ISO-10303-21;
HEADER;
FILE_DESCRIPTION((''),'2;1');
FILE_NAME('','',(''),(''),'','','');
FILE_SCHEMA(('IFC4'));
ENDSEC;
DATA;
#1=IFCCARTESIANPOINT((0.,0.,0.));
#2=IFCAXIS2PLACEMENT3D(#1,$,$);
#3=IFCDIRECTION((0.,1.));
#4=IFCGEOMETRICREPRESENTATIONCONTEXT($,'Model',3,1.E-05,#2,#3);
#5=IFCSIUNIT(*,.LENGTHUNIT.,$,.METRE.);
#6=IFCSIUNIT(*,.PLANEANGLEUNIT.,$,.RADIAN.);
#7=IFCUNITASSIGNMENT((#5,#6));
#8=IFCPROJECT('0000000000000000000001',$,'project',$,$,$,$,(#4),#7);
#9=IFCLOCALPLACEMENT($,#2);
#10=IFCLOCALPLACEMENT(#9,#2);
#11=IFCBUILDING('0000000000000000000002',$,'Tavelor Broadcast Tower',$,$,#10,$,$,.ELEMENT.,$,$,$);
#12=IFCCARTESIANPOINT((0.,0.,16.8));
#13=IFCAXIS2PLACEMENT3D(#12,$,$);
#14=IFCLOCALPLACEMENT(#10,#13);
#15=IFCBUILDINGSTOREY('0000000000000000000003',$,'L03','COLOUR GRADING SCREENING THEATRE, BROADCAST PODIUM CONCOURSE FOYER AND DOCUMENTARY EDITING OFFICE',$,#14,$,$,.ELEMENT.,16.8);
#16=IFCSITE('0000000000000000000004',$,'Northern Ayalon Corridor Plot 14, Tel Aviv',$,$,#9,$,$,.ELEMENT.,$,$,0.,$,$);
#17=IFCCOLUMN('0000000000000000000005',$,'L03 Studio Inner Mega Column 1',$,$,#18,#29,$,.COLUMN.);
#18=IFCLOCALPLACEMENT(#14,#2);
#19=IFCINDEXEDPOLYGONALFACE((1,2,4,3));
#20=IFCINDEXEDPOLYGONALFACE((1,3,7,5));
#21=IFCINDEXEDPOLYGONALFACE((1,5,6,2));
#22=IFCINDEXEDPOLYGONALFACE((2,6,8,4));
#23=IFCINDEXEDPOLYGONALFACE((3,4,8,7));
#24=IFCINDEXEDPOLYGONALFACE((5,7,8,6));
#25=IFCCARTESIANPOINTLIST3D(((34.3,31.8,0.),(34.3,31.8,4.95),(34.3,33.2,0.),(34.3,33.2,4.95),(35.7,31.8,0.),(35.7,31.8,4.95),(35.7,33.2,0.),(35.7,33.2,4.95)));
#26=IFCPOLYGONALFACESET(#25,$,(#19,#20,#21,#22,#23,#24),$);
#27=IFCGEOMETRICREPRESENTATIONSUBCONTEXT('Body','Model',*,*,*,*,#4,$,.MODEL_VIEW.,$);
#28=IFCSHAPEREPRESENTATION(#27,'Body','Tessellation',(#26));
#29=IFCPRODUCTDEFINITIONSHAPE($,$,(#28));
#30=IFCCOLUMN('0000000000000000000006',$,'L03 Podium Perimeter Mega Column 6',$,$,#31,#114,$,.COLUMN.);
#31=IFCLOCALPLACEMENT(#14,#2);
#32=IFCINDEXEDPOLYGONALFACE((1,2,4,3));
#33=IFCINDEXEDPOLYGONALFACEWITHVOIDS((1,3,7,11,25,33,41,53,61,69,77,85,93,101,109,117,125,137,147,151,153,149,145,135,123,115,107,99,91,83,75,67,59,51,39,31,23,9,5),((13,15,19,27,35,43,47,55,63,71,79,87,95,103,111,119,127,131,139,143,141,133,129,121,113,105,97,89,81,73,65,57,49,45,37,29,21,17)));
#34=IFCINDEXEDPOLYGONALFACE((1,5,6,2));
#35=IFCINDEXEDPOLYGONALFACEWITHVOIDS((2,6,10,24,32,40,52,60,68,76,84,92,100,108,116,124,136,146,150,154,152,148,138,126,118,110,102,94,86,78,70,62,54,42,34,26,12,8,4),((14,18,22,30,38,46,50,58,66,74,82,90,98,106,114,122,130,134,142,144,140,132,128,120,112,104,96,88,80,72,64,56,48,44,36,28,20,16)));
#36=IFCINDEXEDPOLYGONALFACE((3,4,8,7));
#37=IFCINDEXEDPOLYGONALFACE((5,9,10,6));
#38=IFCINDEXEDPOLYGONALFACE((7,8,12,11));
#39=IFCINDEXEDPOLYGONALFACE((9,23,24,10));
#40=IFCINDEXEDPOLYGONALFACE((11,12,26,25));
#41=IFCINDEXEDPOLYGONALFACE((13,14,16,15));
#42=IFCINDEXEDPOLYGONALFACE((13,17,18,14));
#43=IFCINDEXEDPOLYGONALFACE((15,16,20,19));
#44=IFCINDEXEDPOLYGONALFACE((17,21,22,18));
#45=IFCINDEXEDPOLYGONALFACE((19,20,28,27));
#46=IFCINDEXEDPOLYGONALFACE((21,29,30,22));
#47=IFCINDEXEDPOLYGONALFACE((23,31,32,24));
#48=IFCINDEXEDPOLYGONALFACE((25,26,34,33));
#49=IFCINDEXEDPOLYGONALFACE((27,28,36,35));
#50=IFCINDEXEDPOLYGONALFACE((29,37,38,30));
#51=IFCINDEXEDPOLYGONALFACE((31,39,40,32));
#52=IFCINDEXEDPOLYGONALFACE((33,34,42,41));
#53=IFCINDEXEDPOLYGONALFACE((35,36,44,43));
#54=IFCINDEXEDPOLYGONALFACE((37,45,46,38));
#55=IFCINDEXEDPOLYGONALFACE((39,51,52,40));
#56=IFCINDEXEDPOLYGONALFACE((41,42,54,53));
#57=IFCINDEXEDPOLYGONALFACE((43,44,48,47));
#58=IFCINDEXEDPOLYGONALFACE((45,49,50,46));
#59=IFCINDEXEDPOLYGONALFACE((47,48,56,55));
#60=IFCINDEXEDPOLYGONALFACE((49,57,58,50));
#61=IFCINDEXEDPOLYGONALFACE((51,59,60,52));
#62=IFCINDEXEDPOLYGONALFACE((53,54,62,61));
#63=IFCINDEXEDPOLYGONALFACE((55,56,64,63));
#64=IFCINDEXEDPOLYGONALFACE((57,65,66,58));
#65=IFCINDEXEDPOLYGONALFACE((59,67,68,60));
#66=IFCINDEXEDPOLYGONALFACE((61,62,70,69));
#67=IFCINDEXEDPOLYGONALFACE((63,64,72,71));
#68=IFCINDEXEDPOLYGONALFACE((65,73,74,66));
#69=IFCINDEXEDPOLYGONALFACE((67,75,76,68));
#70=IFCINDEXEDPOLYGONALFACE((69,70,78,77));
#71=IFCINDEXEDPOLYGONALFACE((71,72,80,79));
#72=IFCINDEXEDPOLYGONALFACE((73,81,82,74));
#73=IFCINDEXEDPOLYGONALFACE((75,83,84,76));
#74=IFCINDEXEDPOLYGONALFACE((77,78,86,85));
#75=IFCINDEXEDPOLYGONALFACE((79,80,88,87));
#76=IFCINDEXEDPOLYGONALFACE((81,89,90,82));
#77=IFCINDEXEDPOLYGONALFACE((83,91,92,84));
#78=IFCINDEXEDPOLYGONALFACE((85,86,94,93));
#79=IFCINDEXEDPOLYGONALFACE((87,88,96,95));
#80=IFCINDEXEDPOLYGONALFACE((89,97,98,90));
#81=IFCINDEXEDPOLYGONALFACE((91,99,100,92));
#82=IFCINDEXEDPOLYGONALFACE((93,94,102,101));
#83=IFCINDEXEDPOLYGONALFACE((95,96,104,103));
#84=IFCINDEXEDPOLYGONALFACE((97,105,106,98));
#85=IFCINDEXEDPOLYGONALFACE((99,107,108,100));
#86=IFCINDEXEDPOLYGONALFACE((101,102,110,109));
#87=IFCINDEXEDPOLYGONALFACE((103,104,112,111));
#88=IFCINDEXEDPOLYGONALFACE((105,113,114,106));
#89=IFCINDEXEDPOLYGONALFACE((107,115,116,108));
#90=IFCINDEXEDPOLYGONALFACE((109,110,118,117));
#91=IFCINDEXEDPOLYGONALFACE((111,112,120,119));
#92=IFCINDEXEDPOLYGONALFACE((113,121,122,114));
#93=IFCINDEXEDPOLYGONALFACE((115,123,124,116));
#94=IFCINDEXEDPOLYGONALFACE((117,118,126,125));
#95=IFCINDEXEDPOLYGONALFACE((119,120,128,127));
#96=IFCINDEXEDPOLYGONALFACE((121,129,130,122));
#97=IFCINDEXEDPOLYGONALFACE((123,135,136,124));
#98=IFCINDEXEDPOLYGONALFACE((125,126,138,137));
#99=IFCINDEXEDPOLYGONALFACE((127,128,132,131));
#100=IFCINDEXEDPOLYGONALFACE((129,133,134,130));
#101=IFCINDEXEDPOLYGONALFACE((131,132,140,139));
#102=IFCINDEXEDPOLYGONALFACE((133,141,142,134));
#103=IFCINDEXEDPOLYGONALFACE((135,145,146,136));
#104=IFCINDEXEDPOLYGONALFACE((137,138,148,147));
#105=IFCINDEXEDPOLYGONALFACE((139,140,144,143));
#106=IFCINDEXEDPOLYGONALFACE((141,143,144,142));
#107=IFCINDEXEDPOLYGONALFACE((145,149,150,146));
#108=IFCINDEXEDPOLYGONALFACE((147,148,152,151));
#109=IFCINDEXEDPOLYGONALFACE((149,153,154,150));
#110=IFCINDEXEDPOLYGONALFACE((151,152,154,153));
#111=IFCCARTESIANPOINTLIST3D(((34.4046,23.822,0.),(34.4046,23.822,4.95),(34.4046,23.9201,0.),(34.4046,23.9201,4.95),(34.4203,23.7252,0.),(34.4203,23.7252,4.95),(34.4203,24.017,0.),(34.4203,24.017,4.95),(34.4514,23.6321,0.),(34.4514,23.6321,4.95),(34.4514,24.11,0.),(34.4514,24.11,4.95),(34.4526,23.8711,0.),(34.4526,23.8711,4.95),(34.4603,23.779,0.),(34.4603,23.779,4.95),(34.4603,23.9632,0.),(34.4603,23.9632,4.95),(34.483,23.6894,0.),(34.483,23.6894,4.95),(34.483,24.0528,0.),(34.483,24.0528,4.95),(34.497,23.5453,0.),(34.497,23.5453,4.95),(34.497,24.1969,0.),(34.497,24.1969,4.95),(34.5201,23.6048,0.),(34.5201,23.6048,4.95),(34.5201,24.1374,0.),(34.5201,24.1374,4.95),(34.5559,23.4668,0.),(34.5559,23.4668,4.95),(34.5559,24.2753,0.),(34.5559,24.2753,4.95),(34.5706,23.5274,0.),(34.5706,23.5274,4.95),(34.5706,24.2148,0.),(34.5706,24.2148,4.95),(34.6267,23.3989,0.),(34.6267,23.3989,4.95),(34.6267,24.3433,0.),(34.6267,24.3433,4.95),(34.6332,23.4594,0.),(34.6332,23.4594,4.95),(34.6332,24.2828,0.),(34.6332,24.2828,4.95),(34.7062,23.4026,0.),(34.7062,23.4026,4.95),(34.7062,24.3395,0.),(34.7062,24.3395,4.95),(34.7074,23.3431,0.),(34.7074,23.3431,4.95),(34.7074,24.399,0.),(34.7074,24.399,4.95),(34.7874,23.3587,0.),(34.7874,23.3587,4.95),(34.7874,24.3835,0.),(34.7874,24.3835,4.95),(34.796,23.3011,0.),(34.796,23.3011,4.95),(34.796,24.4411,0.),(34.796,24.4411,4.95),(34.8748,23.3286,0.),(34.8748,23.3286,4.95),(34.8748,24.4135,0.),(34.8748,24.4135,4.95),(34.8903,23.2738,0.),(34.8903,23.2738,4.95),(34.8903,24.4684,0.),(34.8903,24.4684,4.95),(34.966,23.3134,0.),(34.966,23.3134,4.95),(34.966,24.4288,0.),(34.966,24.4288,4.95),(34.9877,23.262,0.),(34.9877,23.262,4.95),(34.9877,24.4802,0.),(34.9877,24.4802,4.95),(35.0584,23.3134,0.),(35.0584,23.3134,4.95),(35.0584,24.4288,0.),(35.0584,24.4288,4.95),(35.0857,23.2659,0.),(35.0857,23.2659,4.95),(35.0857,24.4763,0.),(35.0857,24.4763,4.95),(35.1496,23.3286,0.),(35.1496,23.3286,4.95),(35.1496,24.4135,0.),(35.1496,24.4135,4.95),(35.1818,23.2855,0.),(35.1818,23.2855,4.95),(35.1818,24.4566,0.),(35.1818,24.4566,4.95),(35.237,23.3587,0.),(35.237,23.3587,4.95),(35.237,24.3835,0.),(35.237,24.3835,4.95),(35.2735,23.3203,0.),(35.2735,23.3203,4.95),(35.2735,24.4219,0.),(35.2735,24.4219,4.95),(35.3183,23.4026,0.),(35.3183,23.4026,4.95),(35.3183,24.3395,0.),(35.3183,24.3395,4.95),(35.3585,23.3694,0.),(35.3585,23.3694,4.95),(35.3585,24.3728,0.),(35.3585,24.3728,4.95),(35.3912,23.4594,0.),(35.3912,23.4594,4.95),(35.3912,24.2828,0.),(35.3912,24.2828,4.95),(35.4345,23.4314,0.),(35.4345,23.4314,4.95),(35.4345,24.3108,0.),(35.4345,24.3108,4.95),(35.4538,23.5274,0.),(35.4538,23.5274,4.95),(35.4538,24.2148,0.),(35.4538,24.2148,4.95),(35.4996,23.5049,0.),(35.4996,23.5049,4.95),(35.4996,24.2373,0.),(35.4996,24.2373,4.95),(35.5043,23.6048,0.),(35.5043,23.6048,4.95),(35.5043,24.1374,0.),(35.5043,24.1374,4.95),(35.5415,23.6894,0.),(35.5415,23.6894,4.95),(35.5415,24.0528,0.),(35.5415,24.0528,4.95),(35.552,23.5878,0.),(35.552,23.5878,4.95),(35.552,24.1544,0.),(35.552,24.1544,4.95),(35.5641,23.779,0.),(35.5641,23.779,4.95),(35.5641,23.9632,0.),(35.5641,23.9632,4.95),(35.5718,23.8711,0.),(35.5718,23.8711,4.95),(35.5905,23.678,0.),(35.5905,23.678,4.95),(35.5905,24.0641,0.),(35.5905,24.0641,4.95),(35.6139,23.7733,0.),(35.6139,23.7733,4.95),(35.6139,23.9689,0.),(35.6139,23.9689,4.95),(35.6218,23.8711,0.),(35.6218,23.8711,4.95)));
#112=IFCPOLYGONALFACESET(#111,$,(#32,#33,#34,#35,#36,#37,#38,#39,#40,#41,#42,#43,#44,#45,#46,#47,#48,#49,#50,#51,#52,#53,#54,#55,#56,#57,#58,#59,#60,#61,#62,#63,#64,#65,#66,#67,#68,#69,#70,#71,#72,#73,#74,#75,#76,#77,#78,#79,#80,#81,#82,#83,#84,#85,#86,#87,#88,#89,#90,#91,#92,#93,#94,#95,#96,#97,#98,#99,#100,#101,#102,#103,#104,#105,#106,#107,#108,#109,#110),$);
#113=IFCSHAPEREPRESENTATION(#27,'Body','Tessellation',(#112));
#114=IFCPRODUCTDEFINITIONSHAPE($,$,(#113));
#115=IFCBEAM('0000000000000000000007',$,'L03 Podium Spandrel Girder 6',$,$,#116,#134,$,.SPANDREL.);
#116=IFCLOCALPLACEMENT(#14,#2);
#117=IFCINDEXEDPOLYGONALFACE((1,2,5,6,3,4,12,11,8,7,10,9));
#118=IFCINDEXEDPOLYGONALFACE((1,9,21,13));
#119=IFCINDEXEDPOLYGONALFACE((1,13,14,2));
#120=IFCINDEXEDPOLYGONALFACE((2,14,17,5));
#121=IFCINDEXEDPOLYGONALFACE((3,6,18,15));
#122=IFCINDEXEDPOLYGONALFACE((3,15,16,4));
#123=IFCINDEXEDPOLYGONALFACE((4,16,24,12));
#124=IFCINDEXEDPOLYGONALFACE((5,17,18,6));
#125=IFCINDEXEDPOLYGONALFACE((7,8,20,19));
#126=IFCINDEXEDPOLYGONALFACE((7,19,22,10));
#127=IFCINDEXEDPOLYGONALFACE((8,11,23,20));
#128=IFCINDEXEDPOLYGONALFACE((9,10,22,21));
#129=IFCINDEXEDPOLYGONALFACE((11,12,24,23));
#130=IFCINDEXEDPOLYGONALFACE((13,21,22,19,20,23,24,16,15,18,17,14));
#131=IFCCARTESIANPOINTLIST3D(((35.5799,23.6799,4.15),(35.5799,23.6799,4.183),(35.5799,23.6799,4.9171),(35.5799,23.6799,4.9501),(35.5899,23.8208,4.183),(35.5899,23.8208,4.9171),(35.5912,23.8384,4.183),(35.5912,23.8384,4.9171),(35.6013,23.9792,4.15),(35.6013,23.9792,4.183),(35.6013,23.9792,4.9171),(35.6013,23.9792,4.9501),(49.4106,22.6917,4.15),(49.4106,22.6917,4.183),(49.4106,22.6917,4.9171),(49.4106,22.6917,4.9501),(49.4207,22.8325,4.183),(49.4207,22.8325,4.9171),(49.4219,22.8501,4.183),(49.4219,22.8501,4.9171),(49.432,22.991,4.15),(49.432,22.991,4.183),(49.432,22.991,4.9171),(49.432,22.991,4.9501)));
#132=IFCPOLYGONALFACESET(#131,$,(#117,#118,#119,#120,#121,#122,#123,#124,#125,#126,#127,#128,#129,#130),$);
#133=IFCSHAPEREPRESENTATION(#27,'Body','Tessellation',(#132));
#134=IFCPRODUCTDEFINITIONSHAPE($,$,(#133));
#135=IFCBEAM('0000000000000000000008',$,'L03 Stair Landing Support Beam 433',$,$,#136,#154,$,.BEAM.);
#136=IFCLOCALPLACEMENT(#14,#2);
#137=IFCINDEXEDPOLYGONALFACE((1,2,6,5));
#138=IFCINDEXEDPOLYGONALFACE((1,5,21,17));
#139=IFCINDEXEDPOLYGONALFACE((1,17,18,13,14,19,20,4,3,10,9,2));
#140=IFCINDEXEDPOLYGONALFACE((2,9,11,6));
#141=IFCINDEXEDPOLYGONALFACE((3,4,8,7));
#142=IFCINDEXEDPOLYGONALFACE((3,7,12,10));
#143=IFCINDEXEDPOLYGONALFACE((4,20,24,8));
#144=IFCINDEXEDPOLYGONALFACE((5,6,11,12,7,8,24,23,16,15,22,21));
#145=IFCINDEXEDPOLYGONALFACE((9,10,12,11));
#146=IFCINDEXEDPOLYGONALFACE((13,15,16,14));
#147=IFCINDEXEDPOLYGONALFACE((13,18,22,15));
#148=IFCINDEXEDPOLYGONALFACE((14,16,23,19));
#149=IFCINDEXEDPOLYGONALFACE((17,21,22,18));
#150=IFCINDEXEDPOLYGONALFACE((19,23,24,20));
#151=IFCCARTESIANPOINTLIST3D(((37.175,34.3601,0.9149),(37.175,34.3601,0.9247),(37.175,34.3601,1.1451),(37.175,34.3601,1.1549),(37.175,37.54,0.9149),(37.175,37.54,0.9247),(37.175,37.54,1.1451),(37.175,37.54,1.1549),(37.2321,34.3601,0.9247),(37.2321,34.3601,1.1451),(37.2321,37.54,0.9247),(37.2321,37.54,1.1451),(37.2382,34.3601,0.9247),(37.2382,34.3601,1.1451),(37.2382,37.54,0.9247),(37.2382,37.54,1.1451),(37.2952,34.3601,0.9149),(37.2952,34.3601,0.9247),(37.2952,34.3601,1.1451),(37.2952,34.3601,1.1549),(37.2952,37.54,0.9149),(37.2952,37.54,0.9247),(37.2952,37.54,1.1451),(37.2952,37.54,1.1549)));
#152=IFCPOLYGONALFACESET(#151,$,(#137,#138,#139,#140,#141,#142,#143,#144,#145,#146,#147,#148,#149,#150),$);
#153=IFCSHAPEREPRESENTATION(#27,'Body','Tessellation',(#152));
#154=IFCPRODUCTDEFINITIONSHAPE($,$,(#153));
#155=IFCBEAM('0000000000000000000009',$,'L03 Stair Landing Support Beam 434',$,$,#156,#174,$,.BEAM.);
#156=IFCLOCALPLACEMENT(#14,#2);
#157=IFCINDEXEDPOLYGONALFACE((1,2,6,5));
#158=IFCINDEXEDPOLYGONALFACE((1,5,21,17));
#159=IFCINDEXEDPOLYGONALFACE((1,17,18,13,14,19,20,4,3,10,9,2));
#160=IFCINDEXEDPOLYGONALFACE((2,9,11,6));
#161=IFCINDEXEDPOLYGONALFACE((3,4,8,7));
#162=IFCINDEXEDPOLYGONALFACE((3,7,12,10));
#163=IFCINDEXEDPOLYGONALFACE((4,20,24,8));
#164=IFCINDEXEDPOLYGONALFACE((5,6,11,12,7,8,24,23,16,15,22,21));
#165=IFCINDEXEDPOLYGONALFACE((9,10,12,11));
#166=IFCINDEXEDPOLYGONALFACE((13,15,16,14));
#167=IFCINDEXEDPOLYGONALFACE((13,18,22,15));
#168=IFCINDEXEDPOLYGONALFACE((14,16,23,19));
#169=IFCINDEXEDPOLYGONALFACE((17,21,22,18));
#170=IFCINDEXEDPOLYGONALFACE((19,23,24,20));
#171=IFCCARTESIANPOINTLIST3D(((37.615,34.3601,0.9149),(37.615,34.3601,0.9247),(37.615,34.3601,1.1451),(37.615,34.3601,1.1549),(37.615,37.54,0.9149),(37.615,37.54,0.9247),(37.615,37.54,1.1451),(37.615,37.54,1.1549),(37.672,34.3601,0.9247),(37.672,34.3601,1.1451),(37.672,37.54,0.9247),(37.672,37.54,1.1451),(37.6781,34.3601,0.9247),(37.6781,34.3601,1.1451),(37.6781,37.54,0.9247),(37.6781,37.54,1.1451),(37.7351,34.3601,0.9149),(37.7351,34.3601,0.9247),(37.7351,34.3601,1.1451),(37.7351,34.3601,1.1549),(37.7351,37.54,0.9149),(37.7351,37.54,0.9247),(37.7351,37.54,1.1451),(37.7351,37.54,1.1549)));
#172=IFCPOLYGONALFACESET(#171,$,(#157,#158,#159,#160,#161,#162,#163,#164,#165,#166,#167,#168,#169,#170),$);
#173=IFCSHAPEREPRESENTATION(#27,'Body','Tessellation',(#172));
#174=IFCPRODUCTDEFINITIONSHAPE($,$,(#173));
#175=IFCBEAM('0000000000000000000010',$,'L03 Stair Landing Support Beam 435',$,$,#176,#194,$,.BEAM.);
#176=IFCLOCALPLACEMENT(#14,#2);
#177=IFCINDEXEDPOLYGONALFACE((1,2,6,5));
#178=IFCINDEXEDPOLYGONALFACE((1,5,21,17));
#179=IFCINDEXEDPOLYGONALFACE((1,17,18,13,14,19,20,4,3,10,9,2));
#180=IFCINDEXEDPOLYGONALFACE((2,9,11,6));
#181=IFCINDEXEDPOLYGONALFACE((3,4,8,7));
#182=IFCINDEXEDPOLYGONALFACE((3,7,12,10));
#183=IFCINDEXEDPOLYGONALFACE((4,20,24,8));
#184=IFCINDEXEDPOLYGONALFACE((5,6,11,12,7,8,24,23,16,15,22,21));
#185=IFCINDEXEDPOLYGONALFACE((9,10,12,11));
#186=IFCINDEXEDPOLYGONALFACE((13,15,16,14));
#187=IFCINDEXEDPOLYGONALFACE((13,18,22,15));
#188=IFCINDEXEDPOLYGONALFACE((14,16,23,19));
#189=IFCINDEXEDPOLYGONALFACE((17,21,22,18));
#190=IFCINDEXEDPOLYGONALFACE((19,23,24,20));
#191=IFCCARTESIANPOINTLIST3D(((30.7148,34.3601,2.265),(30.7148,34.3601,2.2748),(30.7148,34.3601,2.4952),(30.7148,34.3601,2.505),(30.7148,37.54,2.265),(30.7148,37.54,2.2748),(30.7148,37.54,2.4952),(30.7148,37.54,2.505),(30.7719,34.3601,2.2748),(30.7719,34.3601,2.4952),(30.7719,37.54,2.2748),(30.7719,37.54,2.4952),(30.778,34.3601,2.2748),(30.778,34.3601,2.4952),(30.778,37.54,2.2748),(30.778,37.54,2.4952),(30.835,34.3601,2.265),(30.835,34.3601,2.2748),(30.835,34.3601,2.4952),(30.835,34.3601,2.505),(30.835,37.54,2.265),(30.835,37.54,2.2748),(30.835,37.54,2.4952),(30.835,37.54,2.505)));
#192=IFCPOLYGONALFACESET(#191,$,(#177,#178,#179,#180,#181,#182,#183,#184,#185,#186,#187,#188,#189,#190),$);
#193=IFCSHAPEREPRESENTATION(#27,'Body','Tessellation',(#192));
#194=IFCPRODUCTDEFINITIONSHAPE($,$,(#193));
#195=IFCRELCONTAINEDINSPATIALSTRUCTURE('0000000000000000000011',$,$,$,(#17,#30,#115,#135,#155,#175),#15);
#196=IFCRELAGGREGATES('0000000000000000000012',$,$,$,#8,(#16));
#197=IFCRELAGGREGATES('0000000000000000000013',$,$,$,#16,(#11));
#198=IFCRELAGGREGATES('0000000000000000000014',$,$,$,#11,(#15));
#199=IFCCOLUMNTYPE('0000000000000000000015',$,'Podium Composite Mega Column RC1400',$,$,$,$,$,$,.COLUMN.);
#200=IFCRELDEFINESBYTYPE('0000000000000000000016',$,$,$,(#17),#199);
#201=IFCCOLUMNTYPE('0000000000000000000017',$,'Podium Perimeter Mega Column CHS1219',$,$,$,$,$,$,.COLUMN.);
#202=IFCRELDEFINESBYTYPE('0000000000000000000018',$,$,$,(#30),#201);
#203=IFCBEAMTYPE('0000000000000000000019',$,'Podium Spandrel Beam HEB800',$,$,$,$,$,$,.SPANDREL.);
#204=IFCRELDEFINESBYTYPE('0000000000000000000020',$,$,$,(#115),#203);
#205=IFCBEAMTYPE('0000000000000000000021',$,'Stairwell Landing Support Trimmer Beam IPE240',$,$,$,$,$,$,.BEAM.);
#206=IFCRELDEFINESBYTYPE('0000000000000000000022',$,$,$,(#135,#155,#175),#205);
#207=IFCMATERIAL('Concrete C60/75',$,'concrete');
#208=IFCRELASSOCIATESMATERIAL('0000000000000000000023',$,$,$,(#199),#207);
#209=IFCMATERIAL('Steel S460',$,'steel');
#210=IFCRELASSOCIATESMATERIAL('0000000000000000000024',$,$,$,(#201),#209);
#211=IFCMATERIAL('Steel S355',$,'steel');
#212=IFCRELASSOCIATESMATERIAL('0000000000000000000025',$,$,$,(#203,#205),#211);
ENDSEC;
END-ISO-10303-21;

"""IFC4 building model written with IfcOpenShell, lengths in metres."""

from ifc_helpers import new_model, si_unit, direction, frame, origin, origin_2d, place, context, subcontext, project, spatial, rectangle, hollow_circle, i_section, extrude, material, material_profile, profile_set, type_object, element, save


model = new_model("IFC4")

# Units and contexts
model_context = context("Model", 3, precision=1e-05, world=origin(), true_north=direction((0.0, 1.0)))
body_context = subcontext(model_context, "Body", "Model", "MODEL_VIEW")
ifc_project = project(units=[si_unit("LENGTHUNIT", "METRE"), si_unit("PLANEANGLEUNIT", "RADIAN")], contexts=[model_context])

# Site, building, storey
site_placement = place(None, origin())
site = spatial("IfcSite", under=ifc_project, at=site_placement, Name="Northern Ayalon Corridor Plot 14, Tel Aviv", CompositionType="ELEMENT", RefElevation=0.0)
building_placement = place(site_placement, origin())
building = spatial("IfcBuilding", under=site, at=building_placement, Name="Tavelor Broadcast Tower", CompositionType="ELEMENT")
storey_placement = place(building_placement, frame((0.0, 0.0, 16.8)))
storey = spatial("IfcBuildingStorey", under=building, at=storey_placement, Name="L03", Description="COLOUR GRADING SCREENING THEATRE, BROADCAST PODIUM CONCOURSE FOYER AND DOCUMENTARY EDITING OFFICE", CompositionType="ELEMENT", Elevation=16.8)

# Columns
ifc_material_1 = material(Name="Concrete C60/75", Category="concrete")
ifc_material_profile_1 = material_profile(ifc_material_1, rectangle(XDim=1.3999, YDim=1.3999, at=origin_2d()), Name="RC 1400x1400")
ifc_profile_set_1 = profile_set([ifc_material_profile_1], Name="Concrete C60/75")
column_type_1 = type_object("IfcColumnType", Name="Podium Composite Mega Column RC1400", PredefinedType="COLUMN", material=ifc_profile_set_1)
column_1_placement = place(storey_placement, frame((35.0, 32.5, 0.0), z_axis=(0.0, 0.0, 1.0), x_axis=(1.0, 0.0, 0.0)))
element("IfcColumn", 1, at=column_1_placement, inside=storey, type_object=column_type_1, Name="L03 Studio Inner Mega Column 1", PredefinedType="COLUMN", context=body_context, shape_type="SweptSolid", body=[
    extrude(rectangle(XDim=1.3999, YDim=1.3999, at=origin_2d()), origin(), (0.0, 0.0, 1.0), 4.95),
])
ifc_material_2 = material(Name="Steel S460", Category="steel")
ifc_material_profile_2 = material_profile(ifc_material_2, hollow_circle(Radius=0.6096, WallThickness=0.05, at=origin_2d()), Name="CHS 1219x50")
ifc_profile_set_2 = profile_set([ifc_material_profile_2], Name="Steel S460")
column_type_2 = type_object("IfcColumnType", Name="Podium Perimeter Mega Column CHS1219", PredefinedType="COLUMN", material=ifc_profile_set_2)
column_2_placement = place(storey_placement, frame((35.0122, 23.8711, 0.0), z_axis=(0.0, 0.0, 1.0), x_axis=(1.0, 0.0, 0.0)))
element("IfcColumn", 2, at=column_2_placement, inside=storey, type_object=column_type_2, Name="L03 Podium Perimeter Mega Column 6", PredefinedType="COLUMN", context=body_context, shape_type="SweptSolid", body=[
    extrude(hollow_circle(Radius=0.6096, WallThickness=0.05, at=origin_2d()), origin(), (0.0, 0.0, 1.0), 4.95),
])

# Beams
ifc_material_3 = material(Name="Steel S355", Category="steel")
ifc_material_profile_3 = material_profile(ifc_material_3, i_section(OverallWidth=0.3, OverallDepth=0.8, WebThickness=0.0176, FlangeThickness=0.033, at=origin_2d()), Name="HEB 800")
ifc_profile_set_3 = profile_set([ifc_material_profile_3], Name="Steel S355")
beam_type_1 = type_object("IfcBeamType", Name="Podium Spandrel Beam HEB800", PredefinedType="SPANDREL", material=ifc_profile_set_3)
beam_1_placement = place(storey_placement, frame((35.5906, 23.8296, 4.55), z_axis=(0.997457, -0.071273, 0.0), x_axis=(0.071273, 0.997457, 0.0)))
element("IfcBeam", 3, at=beam_1_placement, inside=storey, type_object=beam_type_1, Name="L03 Podium Spandrel Girder 6", PredefinedType="SPANDREL", context=body_context, shape_type="SweptSolid", body=[
    extrude(i_section(OverallWidth=0.3, OverallDepth=0.8, WebThickness=0.0176, FlangeThickness=0.033, at=origin_2d()), origin(), (0.0, 0.0, 1.0), 13.866),
])
ifc_material_profile_4 = material_profile(ifc_material_3, i_section(OverallWidth=0.1201, OverallDepth=0.24, WebThickness=0.0061, FlangeThickness=0.0098, at=origin_2d()), Name="IPE 240")
ifc_profile_set_4 = profile_set([ifc_material_profile_4], Name="Steel S355")
beam_type_2 = type_object("IfcBeamType", Name="Stairwell Landing Support Trimmer Beam IPE240", PredefinedType="BEAM", material=ifc_profile_set_4)
for number, where, z_axis, x_axis, name in (
    (4, (37.2351, 34.3601, 1.0349), (0.0, 1.0, 0.0), (-1.0, 0.0, 0.0), "L03 Stair Landing Support Beam 433"),
    (5, (37.675, 34.3601, 1.0349), (0.0, 1.0, 0.0), (-1.0, 0.0, 0.0), "L03 Stair Landing Support Beam 434"),
    (6, (30.7749, 34.3601, 2.385), (0.0, 1.0, 0.0), (-1.0, 0.0, 0.0), "L03 Stair Landing Support Beam 435"),
):
    element("IfcBeam", number, at=place(storey_placement, frame(where, z_axis=z_axis, x_axis=x_axis)), inside=storey, type_object=beam_type_2, Name=name, PredefinedType="BEAM", context=body_context, shape_type="SweptSolid", body=[
        extrude(i_section(OverallWidth=0.1201, OverallDepth=0.24, WebThickness=0.0061, FlangeThickness=0.0098, at=origin_2d()), origin(), (0.0, 0.0, 1.0), 3.1799),
    ])

save(model, "model.ifc")
